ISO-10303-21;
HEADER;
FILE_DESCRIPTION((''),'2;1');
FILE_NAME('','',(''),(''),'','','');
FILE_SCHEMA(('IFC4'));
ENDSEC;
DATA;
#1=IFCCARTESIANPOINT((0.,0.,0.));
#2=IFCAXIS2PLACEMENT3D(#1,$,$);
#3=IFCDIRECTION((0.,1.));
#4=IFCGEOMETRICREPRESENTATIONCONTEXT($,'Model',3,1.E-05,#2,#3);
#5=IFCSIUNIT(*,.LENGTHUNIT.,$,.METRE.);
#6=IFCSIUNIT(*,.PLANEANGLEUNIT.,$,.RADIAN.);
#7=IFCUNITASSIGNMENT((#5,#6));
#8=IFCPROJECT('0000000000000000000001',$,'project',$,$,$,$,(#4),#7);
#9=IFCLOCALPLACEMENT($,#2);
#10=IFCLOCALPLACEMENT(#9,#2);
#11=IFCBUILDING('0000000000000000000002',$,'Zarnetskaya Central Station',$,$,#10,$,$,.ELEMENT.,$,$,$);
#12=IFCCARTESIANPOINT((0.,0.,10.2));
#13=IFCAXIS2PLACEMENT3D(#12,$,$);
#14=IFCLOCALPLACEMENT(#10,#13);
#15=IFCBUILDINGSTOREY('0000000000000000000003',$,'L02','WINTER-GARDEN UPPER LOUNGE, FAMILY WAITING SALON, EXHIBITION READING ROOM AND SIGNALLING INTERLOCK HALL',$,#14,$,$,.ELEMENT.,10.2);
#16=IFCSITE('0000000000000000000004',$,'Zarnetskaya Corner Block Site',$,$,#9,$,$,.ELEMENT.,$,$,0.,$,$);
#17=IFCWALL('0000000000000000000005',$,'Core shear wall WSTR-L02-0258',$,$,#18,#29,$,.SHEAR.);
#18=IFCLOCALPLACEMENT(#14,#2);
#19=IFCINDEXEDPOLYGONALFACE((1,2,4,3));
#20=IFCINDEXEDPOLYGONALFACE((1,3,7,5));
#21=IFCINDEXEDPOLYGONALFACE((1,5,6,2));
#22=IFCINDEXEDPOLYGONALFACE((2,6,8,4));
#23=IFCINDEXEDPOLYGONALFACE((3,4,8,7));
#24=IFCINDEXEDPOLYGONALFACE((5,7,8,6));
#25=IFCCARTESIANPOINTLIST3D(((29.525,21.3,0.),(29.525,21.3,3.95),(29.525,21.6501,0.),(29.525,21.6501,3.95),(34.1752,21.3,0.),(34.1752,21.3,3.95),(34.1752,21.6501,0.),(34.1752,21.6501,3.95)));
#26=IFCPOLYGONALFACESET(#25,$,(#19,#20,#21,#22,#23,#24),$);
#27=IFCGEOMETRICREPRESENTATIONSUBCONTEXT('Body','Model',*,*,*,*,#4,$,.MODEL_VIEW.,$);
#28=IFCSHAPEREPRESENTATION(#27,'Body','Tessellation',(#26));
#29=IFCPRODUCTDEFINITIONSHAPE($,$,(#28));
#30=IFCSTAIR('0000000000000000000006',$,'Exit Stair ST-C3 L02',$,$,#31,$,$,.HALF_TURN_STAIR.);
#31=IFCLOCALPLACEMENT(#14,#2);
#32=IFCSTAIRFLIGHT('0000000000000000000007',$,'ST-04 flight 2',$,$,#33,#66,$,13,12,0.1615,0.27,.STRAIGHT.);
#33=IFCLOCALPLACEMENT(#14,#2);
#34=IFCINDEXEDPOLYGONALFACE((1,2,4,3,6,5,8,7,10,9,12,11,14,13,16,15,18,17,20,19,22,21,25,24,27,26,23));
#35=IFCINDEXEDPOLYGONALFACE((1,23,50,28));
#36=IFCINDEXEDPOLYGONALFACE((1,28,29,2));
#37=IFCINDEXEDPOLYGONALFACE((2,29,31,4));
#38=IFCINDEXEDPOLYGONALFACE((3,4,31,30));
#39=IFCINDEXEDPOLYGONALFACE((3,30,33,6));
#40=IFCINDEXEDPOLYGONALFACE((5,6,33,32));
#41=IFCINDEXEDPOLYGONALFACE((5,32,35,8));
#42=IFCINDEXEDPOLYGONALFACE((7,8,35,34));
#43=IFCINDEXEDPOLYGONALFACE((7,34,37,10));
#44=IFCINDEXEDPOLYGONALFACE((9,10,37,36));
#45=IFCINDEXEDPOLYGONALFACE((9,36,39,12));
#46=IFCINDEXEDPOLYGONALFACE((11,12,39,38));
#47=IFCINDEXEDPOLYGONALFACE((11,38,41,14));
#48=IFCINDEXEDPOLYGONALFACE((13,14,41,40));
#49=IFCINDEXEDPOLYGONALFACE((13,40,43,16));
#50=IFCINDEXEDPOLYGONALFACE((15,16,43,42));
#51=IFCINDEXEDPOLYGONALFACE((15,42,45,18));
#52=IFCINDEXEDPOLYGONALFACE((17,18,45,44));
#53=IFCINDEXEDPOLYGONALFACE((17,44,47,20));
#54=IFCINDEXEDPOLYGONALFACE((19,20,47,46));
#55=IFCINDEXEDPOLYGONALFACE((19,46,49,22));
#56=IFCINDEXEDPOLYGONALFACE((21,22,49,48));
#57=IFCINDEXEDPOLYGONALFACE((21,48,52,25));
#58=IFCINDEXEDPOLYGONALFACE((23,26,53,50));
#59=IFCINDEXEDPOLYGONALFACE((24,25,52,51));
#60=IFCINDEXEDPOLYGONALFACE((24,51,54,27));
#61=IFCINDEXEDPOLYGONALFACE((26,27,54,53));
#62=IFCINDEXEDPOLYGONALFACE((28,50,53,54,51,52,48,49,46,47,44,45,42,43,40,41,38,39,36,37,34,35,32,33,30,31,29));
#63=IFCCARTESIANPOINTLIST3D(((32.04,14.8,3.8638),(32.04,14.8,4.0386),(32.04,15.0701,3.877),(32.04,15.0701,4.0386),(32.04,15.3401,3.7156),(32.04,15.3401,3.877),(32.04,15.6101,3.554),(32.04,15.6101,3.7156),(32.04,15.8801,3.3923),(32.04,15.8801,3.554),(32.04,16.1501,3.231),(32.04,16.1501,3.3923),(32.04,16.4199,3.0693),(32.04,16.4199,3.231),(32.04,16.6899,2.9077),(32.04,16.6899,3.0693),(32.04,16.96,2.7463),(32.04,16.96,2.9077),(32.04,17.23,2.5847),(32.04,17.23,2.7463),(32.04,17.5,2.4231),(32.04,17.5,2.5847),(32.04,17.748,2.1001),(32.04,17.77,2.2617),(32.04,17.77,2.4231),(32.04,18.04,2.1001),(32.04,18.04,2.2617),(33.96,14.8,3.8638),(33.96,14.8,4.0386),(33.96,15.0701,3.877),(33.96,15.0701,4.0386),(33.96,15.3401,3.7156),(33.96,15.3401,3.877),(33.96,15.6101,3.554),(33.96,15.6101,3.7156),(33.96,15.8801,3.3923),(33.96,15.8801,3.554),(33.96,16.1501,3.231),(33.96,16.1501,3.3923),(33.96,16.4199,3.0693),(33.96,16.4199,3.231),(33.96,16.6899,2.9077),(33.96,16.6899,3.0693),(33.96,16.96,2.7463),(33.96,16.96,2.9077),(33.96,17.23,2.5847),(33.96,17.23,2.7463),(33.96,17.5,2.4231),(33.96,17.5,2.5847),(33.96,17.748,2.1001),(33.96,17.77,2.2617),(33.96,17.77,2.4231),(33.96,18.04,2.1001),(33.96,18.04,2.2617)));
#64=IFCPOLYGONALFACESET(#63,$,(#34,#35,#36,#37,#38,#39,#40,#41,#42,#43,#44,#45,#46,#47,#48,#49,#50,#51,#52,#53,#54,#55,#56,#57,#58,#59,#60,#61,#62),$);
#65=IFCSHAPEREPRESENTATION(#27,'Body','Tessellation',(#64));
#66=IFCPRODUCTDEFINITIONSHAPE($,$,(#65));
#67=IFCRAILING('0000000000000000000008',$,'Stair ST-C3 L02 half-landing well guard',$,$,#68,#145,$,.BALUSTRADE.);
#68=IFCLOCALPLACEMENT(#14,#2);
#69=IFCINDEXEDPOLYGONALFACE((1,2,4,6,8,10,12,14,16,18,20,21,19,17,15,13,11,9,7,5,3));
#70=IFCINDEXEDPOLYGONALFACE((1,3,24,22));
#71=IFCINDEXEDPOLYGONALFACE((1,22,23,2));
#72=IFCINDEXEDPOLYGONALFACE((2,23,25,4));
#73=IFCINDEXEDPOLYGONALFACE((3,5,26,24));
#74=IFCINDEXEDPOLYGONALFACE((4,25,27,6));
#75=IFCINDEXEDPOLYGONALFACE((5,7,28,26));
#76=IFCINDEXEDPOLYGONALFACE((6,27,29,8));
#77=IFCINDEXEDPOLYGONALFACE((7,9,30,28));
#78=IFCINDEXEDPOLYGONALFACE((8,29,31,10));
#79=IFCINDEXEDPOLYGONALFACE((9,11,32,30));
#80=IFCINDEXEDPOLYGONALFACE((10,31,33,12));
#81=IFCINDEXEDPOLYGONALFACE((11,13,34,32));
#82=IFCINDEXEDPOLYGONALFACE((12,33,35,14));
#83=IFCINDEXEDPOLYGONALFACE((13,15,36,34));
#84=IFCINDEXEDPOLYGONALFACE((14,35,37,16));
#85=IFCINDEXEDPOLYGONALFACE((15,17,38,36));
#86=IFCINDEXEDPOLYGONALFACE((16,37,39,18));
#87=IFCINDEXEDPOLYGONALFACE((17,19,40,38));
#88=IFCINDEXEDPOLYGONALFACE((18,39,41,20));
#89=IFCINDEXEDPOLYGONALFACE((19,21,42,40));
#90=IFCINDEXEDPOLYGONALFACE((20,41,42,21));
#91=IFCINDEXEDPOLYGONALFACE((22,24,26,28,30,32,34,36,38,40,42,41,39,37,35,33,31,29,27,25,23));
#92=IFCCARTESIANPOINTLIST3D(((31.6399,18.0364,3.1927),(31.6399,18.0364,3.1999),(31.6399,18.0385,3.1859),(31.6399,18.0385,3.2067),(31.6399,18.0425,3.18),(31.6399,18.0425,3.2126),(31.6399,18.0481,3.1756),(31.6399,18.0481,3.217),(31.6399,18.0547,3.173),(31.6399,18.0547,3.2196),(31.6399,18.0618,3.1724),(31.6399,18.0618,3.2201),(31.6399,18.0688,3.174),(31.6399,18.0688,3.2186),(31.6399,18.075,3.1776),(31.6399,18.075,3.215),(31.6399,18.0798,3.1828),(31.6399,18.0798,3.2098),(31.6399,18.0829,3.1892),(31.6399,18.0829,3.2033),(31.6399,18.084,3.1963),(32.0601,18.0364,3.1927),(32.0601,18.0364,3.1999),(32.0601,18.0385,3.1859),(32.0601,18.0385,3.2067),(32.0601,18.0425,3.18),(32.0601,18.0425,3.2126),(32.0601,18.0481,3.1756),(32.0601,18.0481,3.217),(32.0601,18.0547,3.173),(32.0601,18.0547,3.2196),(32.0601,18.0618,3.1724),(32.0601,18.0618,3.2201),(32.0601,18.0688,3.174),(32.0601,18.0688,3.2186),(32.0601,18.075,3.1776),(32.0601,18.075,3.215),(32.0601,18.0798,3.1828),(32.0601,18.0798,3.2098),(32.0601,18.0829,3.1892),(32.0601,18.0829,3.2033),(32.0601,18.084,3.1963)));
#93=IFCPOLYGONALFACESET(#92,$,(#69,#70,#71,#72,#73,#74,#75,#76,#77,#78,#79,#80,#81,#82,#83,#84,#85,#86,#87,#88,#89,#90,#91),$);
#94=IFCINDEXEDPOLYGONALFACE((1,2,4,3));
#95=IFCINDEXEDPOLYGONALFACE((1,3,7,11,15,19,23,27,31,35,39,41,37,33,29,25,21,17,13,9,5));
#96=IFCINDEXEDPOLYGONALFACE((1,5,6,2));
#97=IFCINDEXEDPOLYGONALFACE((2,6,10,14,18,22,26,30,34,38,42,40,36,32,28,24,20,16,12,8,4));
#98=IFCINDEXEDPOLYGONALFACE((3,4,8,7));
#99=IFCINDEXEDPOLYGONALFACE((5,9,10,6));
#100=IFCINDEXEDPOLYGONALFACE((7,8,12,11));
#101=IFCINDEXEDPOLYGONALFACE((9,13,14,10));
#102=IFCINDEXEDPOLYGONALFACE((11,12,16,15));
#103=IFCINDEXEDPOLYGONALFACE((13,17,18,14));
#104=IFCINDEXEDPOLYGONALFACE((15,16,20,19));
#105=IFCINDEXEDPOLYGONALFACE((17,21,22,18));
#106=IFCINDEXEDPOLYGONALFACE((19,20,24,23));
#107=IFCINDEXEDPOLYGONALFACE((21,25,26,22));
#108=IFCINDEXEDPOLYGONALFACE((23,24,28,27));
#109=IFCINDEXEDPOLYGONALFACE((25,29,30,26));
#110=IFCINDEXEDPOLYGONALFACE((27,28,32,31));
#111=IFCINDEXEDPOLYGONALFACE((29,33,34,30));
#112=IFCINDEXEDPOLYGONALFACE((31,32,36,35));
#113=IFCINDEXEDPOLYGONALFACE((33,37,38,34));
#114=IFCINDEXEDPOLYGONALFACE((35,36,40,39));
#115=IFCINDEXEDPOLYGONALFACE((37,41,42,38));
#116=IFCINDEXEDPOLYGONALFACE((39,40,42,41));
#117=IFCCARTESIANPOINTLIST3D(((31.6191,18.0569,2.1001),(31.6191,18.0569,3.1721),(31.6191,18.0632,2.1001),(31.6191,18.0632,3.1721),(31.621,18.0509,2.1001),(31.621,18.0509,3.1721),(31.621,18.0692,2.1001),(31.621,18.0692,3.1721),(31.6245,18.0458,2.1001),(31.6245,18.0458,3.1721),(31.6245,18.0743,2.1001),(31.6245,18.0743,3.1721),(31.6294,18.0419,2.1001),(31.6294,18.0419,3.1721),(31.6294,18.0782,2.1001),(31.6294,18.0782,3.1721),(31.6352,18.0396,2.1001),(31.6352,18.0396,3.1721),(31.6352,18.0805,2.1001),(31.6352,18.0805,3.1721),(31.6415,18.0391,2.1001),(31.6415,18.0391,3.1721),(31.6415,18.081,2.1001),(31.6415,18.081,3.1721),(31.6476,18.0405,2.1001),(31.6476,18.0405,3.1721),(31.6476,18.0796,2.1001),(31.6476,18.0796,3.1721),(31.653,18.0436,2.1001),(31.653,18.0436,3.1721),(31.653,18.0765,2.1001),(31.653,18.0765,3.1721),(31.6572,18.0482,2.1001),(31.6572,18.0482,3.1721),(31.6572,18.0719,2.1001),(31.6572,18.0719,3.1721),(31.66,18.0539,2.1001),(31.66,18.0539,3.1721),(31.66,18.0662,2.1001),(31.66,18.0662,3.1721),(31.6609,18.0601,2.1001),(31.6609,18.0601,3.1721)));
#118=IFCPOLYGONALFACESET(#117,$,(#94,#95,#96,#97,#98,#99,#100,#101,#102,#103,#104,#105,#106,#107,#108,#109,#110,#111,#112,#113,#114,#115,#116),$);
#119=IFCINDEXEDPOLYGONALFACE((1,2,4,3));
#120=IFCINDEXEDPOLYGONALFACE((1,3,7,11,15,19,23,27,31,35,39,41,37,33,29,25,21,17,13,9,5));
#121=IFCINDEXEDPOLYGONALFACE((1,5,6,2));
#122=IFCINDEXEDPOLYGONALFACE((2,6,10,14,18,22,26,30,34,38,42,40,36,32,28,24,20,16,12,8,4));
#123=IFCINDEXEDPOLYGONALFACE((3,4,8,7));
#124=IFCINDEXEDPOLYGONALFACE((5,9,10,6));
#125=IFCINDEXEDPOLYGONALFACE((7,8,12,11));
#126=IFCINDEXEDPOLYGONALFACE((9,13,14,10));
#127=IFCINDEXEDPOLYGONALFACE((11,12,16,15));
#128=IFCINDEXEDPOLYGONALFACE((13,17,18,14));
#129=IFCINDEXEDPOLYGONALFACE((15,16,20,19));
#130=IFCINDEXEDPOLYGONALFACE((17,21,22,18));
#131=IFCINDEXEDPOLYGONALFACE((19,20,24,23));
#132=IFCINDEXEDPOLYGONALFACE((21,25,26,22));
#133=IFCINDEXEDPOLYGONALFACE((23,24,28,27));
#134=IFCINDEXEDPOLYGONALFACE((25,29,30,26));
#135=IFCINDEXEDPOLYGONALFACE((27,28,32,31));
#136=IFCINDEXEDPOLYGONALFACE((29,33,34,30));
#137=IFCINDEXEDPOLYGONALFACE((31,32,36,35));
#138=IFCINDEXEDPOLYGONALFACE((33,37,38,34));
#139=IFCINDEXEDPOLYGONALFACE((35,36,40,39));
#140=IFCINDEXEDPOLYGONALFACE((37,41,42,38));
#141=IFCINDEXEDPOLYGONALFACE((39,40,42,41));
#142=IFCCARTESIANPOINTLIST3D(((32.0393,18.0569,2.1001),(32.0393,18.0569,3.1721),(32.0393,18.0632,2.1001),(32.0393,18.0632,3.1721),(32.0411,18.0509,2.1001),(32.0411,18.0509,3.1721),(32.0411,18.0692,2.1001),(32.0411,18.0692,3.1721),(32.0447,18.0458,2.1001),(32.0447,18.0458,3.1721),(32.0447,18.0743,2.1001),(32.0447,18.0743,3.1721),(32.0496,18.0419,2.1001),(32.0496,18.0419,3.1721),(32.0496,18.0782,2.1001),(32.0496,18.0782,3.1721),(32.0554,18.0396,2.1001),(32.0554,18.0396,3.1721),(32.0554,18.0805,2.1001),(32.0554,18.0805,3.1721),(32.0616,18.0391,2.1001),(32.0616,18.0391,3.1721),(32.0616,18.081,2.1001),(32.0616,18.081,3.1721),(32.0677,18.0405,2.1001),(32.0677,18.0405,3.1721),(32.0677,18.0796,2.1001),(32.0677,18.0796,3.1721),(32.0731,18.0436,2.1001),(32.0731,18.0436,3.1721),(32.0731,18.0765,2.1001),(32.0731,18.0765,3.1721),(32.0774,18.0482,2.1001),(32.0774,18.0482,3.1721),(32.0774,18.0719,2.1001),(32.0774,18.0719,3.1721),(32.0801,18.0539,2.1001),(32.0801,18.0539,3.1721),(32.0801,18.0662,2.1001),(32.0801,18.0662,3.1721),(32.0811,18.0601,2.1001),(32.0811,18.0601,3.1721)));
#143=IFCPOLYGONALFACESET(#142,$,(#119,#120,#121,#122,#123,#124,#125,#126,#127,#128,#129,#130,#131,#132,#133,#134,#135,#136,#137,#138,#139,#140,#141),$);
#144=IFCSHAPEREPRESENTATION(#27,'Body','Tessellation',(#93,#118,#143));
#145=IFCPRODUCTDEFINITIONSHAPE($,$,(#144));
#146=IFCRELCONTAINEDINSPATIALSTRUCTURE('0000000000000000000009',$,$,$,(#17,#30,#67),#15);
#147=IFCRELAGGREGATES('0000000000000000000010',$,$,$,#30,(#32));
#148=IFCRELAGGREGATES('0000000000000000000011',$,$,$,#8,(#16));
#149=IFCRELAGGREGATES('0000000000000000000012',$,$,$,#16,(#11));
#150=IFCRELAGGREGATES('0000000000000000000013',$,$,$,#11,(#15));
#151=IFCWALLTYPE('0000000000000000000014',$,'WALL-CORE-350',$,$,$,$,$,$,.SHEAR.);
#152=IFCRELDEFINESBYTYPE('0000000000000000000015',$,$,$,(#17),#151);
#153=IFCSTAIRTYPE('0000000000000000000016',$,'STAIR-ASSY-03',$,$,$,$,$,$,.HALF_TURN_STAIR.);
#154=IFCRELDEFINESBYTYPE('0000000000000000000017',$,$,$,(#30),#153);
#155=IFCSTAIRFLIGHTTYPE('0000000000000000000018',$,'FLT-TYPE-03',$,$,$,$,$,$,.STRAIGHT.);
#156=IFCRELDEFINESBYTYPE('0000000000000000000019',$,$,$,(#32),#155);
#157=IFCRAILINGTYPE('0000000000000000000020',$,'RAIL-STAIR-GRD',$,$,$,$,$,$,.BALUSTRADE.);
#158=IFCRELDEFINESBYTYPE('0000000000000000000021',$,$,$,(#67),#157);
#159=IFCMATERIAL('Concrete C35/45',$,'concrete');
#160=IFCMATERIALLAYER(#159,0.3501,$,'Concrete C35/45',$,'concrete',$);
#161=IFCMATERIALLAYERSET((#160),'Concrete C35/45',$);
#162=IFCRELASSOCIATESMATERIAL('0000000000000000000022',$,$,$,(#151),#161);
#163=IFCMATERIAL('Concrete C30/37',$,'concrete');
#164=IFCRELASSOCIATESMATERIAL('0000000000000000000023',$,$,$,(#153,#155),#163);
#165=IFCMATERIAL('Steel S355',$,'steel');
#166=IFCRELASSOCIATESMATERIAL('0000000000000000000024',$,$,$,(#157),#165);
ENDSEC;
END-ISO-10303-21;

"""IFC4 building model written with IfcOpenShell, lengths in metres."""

from ifc_helpers import new_model, si_unit, direction, frame, frame_2d, origin, origin_2d, place, context, subcontext, project, spatial, polyline, rectangle, circle, outline, extrude, material, layer, layer_set, type_object, element, aggregate, save


model = new_model("IFC4")

# Units and contexts
model_context = context("Model", 3, precision=1e-05, world=origin(), true_north=direction((0.0, 1.0)))
body_context = subcontext(model_context, "Body", "Model", "MODEL_VIEW")
ifc_project = project(units=[si_unit("LENGTHUNIT", "METRE"), si_unit("PLANEANGLEUNIT", "RADIAN")], contexts=[model_context])

# Site, building, storey
site_placement = place(None, origin())
site = spatial("IfcSite", under=ifc_project, at=site_placement, Name="Zarnetskaya Corner Block Site", CompositionType="ELEMENT", RefElevation=0.0)
building_placement = place(site_placement, origin())
building = spatial("IfcBuilding", under=site, at=building_placement, Name="Zarnetskaya Central Station", CompositionType="ELEMENT")
storey_placement = place(building_placement, frame((0.0, 0.0, 10.2)))
storey = spatial("IfcBuildingStorey", under=building, at=storey_placement, Name="L02", Description="WINTER-GARDEN UPPER LOUNGE, FAMILY WAITING SALON, EXHIBITION READING ROOM AND SIGNALLING INTERLOCK HALL", CompositionType="ELEMENT", Elevation=10.2)

# Shared definitions
ifc_material_1 = material(Name="Steel S355", Category="steel")

# Wall
ifc_material_2 = material(Name="Concrete C35/45", Category="concrete")
ifc_layer_1 = layer(ifc_material_2, 0.3501, Name="Concrete C35/45", Category="concrete")
ifc_layer_set_1 = layer_set([ifc_layer_1], Name="Concrete C35/45")
wall_type = type_object("IfcWallType", Name="WALL-CORE-350", PredefinedType="SHEAR", material=ifc_layer_set_1)
wall_placement = place(storey_placement, frame((29.5249, 21.4751, 0.0), z_axis=(0.0, 0.0, 1.0), x_axis=(1.0, 0.0, 0.0)))
element("IfcWall", 1, at=wall_placement, inside=storey, type_object=wall_type, Name="Core shear wall WSTR-L02-0258", PredefinedType="SHEAR", context=body_context, shape_type="SweptSolid", body=[
    extrude(rectangle(XDim=4.6501, YDim=0.3501, at=frame_2d((2.3252, 0.0))), origin(), (0.0, 0.0, 1.0), 3.95),
])

# Stair, stair flight
ifc_material_3 = material(Name="Concrete C30/37", Category="concrete")
stair_type = type_object("IfcStairType", Name="STAIR-ASSY-03", PredefinedType="HALF_TURN_STAIR", material=ifc_material_3)
stair_placement = place(storey_placement, origin())
stair = element("IfcStair", 2, at=stair_placement, inside=storey, type_object=stair_type, Name="Exit Stair ST-C3 L02", PredefinedType="HALF_TURN_STAIR")
stair_flight_type = type_object("IfcStairFlightType", Name="FLT-TYPE-03", PredefinedType="STRAIGHT", material=ifc_material_3)
stair_flight_placement = place(storey_placement, frame((33.0, 18.04, 2.1001), z_axis=(0.0, 0.0, 1.0), x_axis=(0.0, -1.0, 0.0)))
stair_flight = element("IfcStairFlight", 3, at=stair_flight_placement, type_object=stair_flight_type, Name="ST-04 flight 2", NumberOfRisers=13, NumberOfTreads=12, PredefinedType="STRAIGHT", RiserHeight=0.1615, TreadLength=0.27, context=body_context, shape_type="SweptSolid", body=[
    extrude(outline(polyline([(0.0, 0.0), (0.0, 0.1616), (0.27, 0.1616), (0.27, 0.323), (0.54, 0.323), (0.54, 0.4846), (0.8101, 0.4846), (0.8101, 0.6462), (1.0801, 0.6462), (1.0801, 0.8076), (1.3501, 0.8076), (1.3501, 0.9692), (1.6201, 0.9692), (1.6201, 1.1309), (1.8899, 1.1309), (1.8899, 1.2922), (2.1599, 1.2922), (2.1599, 1.4539), (2.4299, 1.4539), (2.4299, 1.6155), (2.7, 1.6155), (2.7, 1.7769), (2.97, 1.7769), (2.97, 1.9385), (3.24, 1.9385), (3.24, 2.1001), (3.24, 1.7637), (0.292, 0.0), (0.0, 0.0)])), frame((0.0, 0.96, 0.0), z_axis=(0.0, -1.0, 0.0), x_axis=(1.0, 0.0, 0.0)), (0.0, 0.0, 1.0), 1.9199),
])
aggregate(stair, [stair_flight])

# Railing
railing_type = type_object("IfcRailingType", Name="RAIL-STAIR-GRD", PredefinedType="BALUSTRADE", material=ifc_material_1)
railing_1_placement = place(storey_placement, frame((31.6399, 18.0601, 2.1001)))
element("IfcRailing", 4, at=railing_1_placement, inside=storey, type_object=railing_type, Name="Stair ST-C3 L02 half-landing well guard", PredefinedType="BALUSTRADE", context=body_context, shape_type="SweptSolid", body=[
    extrude(circle(Radius=0.0239, at=origin_2d()), frame((0.0, 0.0, 1.0962), z_axis=(1.0, 0.0, 0.0), x_axis=(0.0, 1.0, 0.0)), (0.0, 0.0, 1.0), 0.4202),
    extrude(circle(Radius=0.021, at=origin_2d()), origin(), (0.0, 0.0, 1.0), 1.072),
    extrude(circle(Radius=0.021, at=origin_2d()), frame((0.4202, 0.0, 0.0)), (0.0, 0.0, 1.0), 1.072),
])

save(model, "model.ifc")
